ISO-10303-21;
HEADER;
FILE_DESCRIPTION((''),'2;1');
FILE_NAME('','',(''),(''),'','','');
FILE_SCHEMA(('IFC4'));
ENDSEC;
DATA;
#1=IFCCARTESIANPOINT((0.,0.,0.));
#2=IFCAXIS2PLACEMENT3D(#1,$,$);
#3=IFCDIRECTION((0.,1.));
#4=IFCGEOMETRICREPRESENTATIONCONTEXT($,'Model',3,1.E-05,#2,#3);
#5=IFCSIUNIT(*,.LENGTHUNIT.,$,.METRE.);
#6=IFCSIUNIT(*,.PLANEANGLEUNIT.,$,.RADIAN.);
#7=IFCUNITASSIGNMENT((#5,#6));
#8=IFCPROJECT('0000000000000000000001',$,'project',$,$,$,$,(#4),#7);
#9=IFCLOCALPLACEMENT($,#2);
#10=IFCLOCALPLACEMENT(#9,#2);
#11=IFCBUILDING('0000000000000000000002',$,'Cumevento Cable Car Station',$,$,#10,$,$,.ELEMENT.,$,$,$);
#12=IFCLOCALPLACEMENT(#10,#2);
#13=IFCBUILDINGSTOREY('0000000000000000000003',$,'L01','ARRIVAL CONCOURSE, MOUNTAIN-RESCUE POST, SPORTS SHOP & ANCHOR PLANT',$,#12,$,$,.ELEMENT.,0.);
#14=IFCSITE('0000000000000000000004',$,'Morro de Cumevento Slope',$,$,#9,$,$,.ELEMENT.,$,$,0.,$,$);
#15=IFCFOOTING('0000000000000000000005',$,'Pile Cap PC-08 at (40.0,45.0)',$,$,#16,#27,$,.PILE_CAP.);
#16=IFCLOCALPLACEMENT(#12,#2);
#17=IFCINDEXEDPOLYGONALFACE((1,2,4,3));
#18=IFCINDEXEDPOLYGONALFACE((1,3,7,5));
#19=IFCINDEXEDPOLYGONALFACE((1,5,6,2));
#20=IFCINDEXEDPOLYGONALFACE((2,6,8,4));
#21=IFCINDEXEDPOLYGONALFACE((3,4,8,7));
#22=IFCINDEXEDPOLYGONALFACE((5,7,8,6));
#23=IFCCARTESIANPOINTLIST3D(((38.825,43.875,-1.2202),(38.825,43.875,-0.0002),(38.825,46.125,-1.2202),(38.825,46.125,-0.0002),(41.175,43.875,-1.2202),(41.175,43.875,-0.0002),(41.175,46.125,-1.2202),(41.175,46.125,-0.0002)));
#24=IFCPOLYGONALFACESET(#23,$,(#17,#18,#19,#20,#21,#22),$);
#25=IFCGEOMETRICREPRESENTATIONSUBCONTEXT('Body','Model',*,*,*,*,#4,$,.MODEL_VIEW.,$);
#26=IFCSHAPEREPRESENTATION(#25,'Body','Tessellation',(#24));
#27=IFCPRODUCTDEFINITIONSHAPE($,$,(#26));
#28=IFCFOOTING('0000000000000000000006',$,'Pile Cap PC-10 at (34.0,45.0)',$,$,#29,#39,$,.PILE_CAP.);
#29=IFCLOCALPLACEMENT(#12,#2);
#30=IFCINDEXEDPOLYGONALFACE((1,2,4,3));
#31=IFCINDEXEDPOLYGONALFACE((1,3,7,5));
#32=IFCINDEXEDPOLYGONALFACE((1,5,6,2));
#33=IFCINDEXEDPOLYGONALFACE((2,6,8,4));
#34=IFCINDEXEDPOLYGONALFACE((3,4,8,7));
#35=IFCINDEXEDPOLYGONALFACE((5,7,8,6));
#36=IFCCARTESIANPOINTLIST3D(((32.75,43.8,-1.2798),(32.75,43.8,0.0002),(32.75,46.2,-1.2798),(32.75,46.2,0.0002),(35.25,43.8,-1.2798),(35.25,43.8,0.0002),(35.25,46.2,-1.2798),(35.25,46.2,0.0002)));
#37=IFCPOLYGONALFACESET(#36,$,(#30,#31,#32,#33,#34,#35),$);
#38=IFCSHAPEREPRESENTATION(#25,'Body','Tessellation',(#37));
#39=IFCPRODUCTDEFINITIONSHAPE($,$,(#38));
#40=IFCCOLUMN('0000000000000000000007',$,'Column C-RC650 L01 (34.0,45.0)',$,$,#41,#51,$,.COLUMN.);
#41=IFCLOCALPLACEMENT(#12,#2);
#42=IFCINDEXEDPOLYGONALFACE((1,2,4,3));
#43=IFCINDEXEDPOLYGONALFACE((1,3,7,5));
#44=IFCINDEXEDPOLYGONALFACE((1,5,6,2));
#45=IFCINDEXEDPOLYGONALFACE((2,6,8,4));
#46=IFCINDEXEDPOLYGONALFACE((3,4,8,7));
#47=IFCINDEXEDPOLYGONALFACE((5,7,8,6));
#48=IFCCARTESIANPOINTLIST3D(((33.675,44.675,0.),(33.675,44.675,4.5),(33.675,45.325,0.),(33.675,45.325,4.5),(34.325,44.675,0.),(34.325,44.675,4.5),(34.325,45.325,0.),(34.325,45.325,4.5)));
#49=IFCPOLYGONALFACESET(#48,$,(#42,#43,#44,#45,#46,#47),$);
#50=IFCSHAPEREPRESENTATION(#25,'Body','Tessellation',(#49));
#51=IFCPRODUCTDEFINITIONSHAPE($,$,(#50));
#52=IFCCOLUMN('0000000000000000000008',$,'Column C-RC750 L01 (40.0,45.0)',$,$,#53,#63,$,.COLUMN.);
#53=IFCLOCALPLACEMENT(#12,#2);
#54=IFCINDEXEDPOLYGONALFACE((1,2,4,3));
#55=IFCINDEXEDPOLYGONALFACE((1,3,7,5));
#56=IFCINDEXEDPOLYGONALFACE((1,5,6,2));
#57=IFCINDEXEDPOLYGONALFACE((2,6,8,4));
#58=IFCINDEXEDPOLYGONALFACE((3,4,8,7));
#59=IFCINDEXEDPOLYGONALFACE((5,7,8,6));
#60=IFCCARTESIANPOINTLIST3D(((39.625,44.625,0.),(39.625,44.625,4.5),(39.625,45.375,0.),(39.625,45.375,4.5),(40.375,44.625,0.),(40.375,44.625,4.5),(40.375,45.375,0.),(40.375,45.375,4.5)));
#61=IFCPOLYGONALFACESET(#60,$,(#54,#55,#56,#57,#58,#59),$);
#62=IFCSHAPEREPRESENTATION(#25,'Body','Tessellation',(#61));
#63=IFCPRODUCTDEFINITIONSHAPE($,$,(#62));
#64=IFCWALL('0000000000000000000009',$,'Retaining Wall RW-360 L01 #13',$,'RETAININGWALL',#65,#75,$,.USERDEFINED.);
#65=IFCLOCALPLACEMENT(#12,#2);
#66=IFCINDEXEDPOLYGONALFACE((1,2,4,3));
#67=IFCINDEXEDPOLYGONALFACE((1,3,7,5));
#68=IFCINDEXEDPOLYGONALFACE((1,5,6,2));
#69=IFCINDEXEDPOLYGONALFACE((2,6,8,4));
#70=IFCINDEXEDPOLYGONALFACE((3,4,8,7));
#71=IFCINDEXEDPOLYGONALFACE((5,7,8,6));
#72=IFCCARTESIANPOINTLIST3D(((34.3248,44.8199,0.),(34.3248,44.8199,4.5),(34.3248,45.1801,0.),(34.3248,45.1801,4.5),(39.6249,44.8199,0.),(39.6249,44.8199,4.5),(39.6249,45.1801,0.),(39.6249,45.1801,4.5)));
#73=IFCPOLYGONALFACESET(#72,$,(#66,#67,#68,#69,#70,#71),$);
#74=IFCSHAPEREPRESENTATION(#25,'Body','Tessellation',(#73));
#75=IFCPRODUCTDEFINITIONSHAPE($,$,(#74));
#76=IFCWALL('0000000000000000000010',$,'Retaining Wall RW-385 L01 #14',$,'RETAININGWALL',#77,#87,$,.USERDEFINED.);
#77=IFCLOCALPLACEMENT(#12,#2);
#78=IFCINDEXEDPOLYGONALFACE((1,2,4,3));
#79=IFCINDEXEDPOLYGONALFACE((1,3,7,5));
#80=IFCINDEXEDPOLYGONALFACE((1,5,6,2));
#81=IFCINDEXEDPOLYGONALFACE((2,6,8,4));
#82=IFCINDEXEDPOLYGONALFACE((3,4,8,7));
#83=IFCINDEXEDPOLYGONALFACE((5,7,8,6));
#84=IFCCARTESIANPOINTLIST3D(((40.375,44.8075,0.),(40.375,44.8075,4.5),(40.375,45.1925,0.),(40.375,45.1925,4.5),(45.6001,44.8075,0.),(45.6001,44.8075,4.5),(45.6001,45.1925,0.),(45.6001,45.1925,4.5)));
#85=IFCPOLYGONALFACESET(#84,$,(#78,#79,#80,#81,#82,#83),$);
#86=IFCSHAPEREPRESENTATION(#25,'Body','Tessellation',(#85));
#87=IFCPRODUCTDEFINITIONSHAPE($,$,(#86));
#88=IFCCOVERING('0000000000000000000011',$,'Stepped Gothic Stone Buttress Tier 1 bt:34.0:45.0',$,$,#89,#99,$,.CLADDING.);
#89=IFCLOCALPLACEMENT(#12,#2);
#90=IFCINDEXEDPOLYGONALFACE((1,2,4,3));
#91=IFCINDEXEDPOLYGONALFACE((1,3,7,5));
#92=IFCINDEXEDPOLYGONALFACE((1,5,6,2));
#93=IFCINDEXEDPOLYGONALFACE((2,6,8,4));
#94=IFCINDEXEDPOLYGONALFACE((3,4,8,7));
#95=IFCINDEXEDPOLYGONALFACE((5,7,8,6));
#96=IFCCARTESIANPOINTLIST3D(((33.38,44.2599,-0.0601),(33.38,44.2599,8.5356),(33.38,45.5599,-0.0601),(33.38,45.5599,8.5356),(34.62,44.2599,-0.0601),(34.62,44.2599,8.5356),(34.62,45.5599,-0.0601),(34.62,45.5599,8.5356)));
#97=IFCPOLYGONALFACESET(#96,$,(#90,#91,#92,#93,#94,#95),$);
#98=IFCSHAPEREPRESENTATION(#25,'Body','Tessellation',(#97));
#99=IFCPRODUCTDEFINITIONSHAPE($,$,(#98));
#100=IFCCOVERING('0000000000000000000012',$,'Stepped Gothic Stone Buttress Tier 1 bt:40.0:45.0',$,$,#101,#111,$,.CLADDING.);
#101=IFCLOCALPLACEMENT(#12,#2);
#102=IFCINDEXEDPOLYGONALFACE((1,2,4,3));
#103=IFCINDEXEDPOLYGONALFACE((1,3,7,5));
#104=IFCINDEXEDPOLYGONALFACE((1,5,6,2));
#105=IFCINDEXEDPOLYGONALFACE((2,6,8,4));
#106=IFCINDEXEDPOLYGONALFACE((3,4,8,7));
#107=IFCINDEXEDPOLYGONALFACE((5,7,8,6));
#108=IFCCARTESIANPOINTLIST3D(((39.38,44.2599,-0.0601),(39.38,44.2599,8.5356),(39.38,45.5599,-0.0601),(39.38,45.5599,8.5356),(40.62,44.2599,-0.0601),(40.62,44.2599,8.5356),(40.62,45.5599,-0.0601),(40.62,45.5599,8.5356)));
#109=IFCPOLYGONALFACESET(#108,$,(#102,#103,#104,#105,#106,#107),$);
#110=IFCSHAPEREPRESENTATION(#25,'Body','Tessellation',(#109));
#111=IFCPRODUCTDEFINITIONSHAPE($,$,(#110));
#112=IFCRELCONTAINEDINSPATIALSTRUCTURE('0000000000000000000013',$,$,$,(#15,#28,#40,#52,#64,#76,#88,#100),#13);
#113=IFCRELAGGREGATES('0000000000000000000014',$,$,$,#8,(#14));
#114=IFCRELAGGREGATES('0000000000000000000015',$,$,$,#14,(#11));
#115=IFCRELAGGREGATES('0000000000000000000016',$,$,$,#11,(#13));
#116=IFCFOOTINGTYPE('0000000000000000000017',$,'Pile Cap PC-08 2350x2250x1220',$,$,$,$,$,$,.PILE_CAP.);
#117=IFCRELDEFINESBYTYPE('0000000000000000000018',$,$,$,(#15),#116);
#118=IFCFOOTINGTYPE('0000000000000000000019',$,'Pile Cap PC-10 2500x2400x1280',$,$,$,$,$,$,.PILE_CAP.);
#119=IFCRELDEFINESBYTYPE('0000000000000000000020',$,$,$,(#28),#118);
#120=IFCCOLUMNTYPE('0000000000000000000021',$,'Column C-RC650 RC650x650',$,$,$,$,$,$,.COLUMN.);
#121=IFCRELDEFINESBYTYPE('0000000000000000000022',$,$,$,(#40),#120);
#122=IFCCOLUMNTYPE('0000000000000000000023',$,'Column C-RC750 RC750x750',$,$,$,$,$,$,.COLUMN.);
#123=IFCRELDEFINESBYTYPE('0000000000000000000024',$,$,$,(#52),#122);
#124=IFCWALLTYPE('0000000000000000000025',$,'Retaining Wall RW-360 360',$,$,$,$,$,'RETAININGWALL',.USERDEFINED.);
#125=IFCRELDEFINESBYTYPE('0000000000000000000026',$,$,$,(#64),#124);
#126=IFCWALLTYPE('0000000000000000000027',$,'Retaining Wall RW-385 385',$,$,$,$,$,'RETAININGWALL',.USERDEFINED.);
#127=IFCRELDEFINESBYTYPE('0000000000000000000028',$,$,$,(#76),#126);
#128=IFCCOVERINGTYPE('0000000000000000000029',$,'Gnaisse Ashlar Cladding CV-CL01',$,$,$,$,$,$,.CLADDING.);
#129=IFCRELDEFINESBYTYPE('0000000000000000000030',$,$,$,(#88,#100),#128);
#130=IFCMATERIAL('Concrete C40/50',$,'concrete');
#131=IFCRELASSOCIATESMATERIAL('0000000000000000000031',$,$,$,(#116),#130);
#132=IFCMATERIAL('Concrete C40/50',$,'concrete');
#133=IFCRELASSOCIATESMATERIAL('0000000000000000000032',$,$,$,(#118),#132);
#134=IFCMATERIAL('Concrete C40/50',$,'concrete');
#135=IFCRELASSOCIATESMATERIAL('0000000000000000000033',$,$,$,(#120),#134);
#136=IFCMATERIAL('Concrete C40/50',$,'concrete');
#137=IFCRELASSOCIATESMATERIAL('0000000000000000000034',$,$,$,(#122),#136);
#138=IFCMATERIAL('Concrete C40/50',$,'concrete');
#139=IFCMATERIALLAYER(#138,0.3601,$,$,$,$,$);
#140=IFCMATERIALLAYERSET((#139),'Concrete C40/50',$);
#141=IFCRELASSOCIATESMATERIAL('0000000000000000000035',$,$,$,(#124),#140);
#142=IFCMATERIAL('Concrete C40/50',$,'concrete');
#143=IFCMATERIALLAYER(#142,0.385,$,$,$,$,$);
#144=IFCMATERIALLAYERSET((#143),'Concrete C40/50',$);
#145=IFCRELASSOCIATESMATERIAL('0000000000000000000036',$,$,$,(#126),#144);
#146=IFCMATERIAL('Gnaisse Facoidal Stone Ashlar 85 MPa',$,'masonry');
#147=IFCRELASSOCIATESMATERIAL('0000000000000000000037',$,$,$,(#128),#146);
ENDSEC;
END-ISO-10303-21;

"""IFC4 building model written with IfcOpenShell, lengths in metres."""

from ifc_helpers import new_model, si_unit, direction, frame, frame_2d, origin, origin_2d, place, context, subcontext, project, spatial, rectangle, extrude, material, layer, layer_set, material_profile, profile_set, type_object, element, save


model = new_model("IFC4")

# Units and contexts
model_context = context("Model", 3, precision=1e-05, world=origin(), true_north=direction((0.0, 1.0)))
body_context = subcontext(model_context, "Body", "Model", "MODEL_VIEW")
ifc_project = project(units=[si_unit("LENGTHUNIT", "METRE"), si_unit("PLANEANGLEUNIT", "RADIAN")], contexts=[model_context])

# Site, building, storey
site_placement = place(None, origin())
site = spatial("IfcSite", under=ifc_project, at=site_placement, Name="Morro de Cumevento Slope", CompositionType="ELEMENT", RefElevation=0.0)
building_placement = place(site_placement, origin())
building = spatial("IfcBuilding", under=site, at=building_placement, Name="Cumevento Cable Car Station", CompositionType="ELEMENT")
storey_placement = place(building_placement, origin())
storey = spatial("IfcBuildingStorey", under=building, at=storey_placement, Name="L01", Description="ARRIVAL CONCOURSE, MOUNTAIN-RESCUE POST, SPORTS SHOP & ANCHOR PLANT", CompositionType="ELEMENT", Elevation=0.0)

# Footings
ifc_material_1 = material(Name="Concrete C40/50", Category="concrete")
footing_type_1 = type_object("IfcFootingType", Name="Pile Cap PC-08 2350x2250x1220", PredefinedType="PILE_CAP", material=ifc_material_1)
footing_1_placement = place(storey_placement, frame((40.0, 45.0, -1.2202), z_axis=(0.0, 0.0, 1.0), x_axis=(1.0, 0.0, 0.0)))
element("IfcFooting", 1, at=footing_1_placement, inside=storey, type_object=footing_type_1, Name="Pile Cap PC-08 at (40.0,45.0)", PredefinedType="PILE_CAP", context=body_context, shape_type="SweptSolid", body=[
    extrude(rectangle(XDim=2.3501, YDim=2.25, at=origin_2d()), origin(), (0.0, 0.0, 1.0), 1.22),
])
ifc_material_2 = material(Name="Concrete C40/50", Category="concrete")
footing_type_2 = type_object("IfcFootingType", Name="Pile Cap PC-10 2500x2400x1280", PredefinedType="PILE_CAP", material=ifc_material_2)
footing_2_placement = place(storey_placement, frame((34.0, 45.0, -1.2798), z_axis=(0.0, 0.0, 1.0), x_axis=(1.0, 0.0, 0.0)))
element("IfcFooting", 2, at=footing_2_placement, inside=storey, type_object=footing_type_2, Name="Pile Cap PC-10 at (34.0,45.0)", PredefinedType="PILE_CAP", context=body_context, shape_type="SweptSolid", body=[
    extrude(rectangle(XDim=2.5, YDim=2.3999, at=origin_2d()), origin(), (0.0, 0.0, 1.0), 1.28),
])

# Columns
ifc_material_3 = material(Name="Concrete C40/50", Category="concrete")
ifc_material_profile_1 = material_profile(ifc_material_3, rectangle(XDim=0.6499, YDim=0.6499, at=origin_2d()), Name="RC650x650")
ifc_profile_set_1 = profile_set([ifc_material_profile_1], Name="Concrete C40/50")
column_type_1 = type_object("IfcColumnType", Name="Column C-RC650 RC650x650", PredefinedType="COLUMN", material=ifc_profile_set_1)
column_1_placement = place(storey_placement, frame((34.0, 45.0, 0.0), z_axis=(0.0, 0.0, 1.0), x_axis=(1.0, 0.0, 0.0)))
element("IfcColumn", 3, at=column_1_placement, inside=storey, type_object=column_type_1, Name="Column C-RC650 L01 (34.0,45.0)", PredefinedType="COLUMN", context=body_context, shape_type="SweptSolid", body=[
    extrude(rectangle(XDim=0.6499, YDim=0.6499, at=origin_2d()), origin(), (0.0, 0.0, 1.0), 4.5),
])
ifc_material_4 = material(Name="Concrete C40/50", Category="concrete")
ifc_material_profile_2 = material_profile(ifc_material_4, rectangle(XDim=0.75, YDim=0.75, at=origin_2d()), Name="RC750x750")
ifc_profile_set_2 = profile_set([ifc_material_profile_2], Name="Concrete C40/50")
column_type_2 = type_object("IfcColumnType", Name="Column C-RC750 RC750x750", PredefinedType="COLUMN", material=ifc_profile_set_2)
column_2_placement = place(storey_placement, frame((40.0, 45.0, 0.0), z_axis=(0.0, 0.0, 1.0), x_axis=(1.0, 0.0, 0.0)))
element("IfcColumn", 4, at=column_2_placement, inside=storey, type_object=column_type_2, Name="Column C-RC750 L01 (40.0,45.0)", PredefinedType="COLUMN", context=body_context, shape_type="SweptSolid", body=[
    extrude(rectangle(XDim=0.75, YDim=0.75, at=origin_2d()), origin(), (0.0, 0.0, 1.0), 4.5),
])

# Walls
ifc_material_5 = material(Name="Concrete C40/50", Category="concrete")
ifc_layer_1 = layer(ifc_material_5, 0.3601)
ifc_layer_set_1 = layer_set([ifc_layer_1], Name="Concrete C40/50")
wall_type_1 = type_object("IfcWallType", Name="Retaining Wall RW-360 360", ElementType="RETAININGWALL", PredefinedType="USERDEFINED", material=ifc_layer_set_1)
wall_1_placement = place(storey_placement, frame((34.325, 45.0, 0.0), z_axis=(0.0, 0.0, 1.0), x_axis=(1.0, 0.0, 0.0)))
element("IfcWall", 5, at=wall_1_placement, inside=storey, type_object=wall_type_1, Name="Retaining Wall RW-360 L01 #13", ObjectType="RETAININGWALL", PredefinedType="USERDEFINED", context=body_context, shape_type="SweptSolid", body=[
    extrude(rectangle(XDim=5.3, YDim=0.3601, at=frame_2d((2.6499, 0.0))), origin(), (0.0, 0.0, 1.0), 4.5),
])
ifc_material_6 = material(Name="Concrete C40/50", Category="concrete")
ifc_layer_2 = layer(ifc_material_6, 0.385)
ifc_layer_set_2 = layer_set([ifc_layer_2], Name="Concrete C40/50")
wall_type_2 = type_object("IfcWallType", Name="Retaining Wall RW-385 385", ElementType="RETAININGWALL", PredefinedType="USERDEFINED", material=ifc_layer_set_2)
wall_2_placement = place(storey_placement, frame((40.375, 45.0, 0.0), z_axis=(0.0, 0.0, 1.0), x_axis=(1.0, 0.0, 0.0)))
element("IfcWall", 6, at=wall_2_placement, inside=storey, type_object=wall_type_2, Name="Retaining Wall RW-385 L01 #14", ObjectType="RETAININGWALL", PredefinedType="USERDEFINED", context=body_context, shape_type="SweptSolid", body=[
    extrude(rectangle(XDim=5.2251, YDim=0.385, at=frame_2d((2.6125, 0.0))), origin(), (0.0, 0.0, 1.0), 4.5),
])

# Coverings
ifc_material_7 = material(Name="Gnaisse Facoidal Stone Ashlar 85 MPa", Category="masonry")
covering_type = type_object("IfcCoveringType", Name="Gnaisse Ashlar Cladding CV-CL01", PredefinedType="CLADDING", material=ifc_material_7)
for number, where, z_axis, x_axis, name in (
    (7, (34.0, 44.9099, -0.0601), (0.0, 0.0, 1.0), (1.0, 0.0, 0.0), "Stepped Gothic Stone Buttress Tier 1 bt:34.0:45.0"),
    (8, (40.0, 44.9099, -0.0601), (0.0, 0.0, 1.0), (1.0, 0.0, 0.0), "Stepped Gothic Stone Buttress Tier 1 bt:40.0:45.0"),
):
    element("IfcCovering", number, at=place(storey_placement, frame(where, z_axis=z_axis, x_axis=x_axis)), inside=storey, type_object=covering_type, Name=name, PredefinedType="CLADDING", context=body_context, shape_type="SweptSolid", body=[
        extrude(rectangle(XDim=1.24, YDim=1.3, at=origin_2d()), origin(), (0.0, 0.0, 1.0), 8.5957),
    ])

save(model, "model.ifc")
